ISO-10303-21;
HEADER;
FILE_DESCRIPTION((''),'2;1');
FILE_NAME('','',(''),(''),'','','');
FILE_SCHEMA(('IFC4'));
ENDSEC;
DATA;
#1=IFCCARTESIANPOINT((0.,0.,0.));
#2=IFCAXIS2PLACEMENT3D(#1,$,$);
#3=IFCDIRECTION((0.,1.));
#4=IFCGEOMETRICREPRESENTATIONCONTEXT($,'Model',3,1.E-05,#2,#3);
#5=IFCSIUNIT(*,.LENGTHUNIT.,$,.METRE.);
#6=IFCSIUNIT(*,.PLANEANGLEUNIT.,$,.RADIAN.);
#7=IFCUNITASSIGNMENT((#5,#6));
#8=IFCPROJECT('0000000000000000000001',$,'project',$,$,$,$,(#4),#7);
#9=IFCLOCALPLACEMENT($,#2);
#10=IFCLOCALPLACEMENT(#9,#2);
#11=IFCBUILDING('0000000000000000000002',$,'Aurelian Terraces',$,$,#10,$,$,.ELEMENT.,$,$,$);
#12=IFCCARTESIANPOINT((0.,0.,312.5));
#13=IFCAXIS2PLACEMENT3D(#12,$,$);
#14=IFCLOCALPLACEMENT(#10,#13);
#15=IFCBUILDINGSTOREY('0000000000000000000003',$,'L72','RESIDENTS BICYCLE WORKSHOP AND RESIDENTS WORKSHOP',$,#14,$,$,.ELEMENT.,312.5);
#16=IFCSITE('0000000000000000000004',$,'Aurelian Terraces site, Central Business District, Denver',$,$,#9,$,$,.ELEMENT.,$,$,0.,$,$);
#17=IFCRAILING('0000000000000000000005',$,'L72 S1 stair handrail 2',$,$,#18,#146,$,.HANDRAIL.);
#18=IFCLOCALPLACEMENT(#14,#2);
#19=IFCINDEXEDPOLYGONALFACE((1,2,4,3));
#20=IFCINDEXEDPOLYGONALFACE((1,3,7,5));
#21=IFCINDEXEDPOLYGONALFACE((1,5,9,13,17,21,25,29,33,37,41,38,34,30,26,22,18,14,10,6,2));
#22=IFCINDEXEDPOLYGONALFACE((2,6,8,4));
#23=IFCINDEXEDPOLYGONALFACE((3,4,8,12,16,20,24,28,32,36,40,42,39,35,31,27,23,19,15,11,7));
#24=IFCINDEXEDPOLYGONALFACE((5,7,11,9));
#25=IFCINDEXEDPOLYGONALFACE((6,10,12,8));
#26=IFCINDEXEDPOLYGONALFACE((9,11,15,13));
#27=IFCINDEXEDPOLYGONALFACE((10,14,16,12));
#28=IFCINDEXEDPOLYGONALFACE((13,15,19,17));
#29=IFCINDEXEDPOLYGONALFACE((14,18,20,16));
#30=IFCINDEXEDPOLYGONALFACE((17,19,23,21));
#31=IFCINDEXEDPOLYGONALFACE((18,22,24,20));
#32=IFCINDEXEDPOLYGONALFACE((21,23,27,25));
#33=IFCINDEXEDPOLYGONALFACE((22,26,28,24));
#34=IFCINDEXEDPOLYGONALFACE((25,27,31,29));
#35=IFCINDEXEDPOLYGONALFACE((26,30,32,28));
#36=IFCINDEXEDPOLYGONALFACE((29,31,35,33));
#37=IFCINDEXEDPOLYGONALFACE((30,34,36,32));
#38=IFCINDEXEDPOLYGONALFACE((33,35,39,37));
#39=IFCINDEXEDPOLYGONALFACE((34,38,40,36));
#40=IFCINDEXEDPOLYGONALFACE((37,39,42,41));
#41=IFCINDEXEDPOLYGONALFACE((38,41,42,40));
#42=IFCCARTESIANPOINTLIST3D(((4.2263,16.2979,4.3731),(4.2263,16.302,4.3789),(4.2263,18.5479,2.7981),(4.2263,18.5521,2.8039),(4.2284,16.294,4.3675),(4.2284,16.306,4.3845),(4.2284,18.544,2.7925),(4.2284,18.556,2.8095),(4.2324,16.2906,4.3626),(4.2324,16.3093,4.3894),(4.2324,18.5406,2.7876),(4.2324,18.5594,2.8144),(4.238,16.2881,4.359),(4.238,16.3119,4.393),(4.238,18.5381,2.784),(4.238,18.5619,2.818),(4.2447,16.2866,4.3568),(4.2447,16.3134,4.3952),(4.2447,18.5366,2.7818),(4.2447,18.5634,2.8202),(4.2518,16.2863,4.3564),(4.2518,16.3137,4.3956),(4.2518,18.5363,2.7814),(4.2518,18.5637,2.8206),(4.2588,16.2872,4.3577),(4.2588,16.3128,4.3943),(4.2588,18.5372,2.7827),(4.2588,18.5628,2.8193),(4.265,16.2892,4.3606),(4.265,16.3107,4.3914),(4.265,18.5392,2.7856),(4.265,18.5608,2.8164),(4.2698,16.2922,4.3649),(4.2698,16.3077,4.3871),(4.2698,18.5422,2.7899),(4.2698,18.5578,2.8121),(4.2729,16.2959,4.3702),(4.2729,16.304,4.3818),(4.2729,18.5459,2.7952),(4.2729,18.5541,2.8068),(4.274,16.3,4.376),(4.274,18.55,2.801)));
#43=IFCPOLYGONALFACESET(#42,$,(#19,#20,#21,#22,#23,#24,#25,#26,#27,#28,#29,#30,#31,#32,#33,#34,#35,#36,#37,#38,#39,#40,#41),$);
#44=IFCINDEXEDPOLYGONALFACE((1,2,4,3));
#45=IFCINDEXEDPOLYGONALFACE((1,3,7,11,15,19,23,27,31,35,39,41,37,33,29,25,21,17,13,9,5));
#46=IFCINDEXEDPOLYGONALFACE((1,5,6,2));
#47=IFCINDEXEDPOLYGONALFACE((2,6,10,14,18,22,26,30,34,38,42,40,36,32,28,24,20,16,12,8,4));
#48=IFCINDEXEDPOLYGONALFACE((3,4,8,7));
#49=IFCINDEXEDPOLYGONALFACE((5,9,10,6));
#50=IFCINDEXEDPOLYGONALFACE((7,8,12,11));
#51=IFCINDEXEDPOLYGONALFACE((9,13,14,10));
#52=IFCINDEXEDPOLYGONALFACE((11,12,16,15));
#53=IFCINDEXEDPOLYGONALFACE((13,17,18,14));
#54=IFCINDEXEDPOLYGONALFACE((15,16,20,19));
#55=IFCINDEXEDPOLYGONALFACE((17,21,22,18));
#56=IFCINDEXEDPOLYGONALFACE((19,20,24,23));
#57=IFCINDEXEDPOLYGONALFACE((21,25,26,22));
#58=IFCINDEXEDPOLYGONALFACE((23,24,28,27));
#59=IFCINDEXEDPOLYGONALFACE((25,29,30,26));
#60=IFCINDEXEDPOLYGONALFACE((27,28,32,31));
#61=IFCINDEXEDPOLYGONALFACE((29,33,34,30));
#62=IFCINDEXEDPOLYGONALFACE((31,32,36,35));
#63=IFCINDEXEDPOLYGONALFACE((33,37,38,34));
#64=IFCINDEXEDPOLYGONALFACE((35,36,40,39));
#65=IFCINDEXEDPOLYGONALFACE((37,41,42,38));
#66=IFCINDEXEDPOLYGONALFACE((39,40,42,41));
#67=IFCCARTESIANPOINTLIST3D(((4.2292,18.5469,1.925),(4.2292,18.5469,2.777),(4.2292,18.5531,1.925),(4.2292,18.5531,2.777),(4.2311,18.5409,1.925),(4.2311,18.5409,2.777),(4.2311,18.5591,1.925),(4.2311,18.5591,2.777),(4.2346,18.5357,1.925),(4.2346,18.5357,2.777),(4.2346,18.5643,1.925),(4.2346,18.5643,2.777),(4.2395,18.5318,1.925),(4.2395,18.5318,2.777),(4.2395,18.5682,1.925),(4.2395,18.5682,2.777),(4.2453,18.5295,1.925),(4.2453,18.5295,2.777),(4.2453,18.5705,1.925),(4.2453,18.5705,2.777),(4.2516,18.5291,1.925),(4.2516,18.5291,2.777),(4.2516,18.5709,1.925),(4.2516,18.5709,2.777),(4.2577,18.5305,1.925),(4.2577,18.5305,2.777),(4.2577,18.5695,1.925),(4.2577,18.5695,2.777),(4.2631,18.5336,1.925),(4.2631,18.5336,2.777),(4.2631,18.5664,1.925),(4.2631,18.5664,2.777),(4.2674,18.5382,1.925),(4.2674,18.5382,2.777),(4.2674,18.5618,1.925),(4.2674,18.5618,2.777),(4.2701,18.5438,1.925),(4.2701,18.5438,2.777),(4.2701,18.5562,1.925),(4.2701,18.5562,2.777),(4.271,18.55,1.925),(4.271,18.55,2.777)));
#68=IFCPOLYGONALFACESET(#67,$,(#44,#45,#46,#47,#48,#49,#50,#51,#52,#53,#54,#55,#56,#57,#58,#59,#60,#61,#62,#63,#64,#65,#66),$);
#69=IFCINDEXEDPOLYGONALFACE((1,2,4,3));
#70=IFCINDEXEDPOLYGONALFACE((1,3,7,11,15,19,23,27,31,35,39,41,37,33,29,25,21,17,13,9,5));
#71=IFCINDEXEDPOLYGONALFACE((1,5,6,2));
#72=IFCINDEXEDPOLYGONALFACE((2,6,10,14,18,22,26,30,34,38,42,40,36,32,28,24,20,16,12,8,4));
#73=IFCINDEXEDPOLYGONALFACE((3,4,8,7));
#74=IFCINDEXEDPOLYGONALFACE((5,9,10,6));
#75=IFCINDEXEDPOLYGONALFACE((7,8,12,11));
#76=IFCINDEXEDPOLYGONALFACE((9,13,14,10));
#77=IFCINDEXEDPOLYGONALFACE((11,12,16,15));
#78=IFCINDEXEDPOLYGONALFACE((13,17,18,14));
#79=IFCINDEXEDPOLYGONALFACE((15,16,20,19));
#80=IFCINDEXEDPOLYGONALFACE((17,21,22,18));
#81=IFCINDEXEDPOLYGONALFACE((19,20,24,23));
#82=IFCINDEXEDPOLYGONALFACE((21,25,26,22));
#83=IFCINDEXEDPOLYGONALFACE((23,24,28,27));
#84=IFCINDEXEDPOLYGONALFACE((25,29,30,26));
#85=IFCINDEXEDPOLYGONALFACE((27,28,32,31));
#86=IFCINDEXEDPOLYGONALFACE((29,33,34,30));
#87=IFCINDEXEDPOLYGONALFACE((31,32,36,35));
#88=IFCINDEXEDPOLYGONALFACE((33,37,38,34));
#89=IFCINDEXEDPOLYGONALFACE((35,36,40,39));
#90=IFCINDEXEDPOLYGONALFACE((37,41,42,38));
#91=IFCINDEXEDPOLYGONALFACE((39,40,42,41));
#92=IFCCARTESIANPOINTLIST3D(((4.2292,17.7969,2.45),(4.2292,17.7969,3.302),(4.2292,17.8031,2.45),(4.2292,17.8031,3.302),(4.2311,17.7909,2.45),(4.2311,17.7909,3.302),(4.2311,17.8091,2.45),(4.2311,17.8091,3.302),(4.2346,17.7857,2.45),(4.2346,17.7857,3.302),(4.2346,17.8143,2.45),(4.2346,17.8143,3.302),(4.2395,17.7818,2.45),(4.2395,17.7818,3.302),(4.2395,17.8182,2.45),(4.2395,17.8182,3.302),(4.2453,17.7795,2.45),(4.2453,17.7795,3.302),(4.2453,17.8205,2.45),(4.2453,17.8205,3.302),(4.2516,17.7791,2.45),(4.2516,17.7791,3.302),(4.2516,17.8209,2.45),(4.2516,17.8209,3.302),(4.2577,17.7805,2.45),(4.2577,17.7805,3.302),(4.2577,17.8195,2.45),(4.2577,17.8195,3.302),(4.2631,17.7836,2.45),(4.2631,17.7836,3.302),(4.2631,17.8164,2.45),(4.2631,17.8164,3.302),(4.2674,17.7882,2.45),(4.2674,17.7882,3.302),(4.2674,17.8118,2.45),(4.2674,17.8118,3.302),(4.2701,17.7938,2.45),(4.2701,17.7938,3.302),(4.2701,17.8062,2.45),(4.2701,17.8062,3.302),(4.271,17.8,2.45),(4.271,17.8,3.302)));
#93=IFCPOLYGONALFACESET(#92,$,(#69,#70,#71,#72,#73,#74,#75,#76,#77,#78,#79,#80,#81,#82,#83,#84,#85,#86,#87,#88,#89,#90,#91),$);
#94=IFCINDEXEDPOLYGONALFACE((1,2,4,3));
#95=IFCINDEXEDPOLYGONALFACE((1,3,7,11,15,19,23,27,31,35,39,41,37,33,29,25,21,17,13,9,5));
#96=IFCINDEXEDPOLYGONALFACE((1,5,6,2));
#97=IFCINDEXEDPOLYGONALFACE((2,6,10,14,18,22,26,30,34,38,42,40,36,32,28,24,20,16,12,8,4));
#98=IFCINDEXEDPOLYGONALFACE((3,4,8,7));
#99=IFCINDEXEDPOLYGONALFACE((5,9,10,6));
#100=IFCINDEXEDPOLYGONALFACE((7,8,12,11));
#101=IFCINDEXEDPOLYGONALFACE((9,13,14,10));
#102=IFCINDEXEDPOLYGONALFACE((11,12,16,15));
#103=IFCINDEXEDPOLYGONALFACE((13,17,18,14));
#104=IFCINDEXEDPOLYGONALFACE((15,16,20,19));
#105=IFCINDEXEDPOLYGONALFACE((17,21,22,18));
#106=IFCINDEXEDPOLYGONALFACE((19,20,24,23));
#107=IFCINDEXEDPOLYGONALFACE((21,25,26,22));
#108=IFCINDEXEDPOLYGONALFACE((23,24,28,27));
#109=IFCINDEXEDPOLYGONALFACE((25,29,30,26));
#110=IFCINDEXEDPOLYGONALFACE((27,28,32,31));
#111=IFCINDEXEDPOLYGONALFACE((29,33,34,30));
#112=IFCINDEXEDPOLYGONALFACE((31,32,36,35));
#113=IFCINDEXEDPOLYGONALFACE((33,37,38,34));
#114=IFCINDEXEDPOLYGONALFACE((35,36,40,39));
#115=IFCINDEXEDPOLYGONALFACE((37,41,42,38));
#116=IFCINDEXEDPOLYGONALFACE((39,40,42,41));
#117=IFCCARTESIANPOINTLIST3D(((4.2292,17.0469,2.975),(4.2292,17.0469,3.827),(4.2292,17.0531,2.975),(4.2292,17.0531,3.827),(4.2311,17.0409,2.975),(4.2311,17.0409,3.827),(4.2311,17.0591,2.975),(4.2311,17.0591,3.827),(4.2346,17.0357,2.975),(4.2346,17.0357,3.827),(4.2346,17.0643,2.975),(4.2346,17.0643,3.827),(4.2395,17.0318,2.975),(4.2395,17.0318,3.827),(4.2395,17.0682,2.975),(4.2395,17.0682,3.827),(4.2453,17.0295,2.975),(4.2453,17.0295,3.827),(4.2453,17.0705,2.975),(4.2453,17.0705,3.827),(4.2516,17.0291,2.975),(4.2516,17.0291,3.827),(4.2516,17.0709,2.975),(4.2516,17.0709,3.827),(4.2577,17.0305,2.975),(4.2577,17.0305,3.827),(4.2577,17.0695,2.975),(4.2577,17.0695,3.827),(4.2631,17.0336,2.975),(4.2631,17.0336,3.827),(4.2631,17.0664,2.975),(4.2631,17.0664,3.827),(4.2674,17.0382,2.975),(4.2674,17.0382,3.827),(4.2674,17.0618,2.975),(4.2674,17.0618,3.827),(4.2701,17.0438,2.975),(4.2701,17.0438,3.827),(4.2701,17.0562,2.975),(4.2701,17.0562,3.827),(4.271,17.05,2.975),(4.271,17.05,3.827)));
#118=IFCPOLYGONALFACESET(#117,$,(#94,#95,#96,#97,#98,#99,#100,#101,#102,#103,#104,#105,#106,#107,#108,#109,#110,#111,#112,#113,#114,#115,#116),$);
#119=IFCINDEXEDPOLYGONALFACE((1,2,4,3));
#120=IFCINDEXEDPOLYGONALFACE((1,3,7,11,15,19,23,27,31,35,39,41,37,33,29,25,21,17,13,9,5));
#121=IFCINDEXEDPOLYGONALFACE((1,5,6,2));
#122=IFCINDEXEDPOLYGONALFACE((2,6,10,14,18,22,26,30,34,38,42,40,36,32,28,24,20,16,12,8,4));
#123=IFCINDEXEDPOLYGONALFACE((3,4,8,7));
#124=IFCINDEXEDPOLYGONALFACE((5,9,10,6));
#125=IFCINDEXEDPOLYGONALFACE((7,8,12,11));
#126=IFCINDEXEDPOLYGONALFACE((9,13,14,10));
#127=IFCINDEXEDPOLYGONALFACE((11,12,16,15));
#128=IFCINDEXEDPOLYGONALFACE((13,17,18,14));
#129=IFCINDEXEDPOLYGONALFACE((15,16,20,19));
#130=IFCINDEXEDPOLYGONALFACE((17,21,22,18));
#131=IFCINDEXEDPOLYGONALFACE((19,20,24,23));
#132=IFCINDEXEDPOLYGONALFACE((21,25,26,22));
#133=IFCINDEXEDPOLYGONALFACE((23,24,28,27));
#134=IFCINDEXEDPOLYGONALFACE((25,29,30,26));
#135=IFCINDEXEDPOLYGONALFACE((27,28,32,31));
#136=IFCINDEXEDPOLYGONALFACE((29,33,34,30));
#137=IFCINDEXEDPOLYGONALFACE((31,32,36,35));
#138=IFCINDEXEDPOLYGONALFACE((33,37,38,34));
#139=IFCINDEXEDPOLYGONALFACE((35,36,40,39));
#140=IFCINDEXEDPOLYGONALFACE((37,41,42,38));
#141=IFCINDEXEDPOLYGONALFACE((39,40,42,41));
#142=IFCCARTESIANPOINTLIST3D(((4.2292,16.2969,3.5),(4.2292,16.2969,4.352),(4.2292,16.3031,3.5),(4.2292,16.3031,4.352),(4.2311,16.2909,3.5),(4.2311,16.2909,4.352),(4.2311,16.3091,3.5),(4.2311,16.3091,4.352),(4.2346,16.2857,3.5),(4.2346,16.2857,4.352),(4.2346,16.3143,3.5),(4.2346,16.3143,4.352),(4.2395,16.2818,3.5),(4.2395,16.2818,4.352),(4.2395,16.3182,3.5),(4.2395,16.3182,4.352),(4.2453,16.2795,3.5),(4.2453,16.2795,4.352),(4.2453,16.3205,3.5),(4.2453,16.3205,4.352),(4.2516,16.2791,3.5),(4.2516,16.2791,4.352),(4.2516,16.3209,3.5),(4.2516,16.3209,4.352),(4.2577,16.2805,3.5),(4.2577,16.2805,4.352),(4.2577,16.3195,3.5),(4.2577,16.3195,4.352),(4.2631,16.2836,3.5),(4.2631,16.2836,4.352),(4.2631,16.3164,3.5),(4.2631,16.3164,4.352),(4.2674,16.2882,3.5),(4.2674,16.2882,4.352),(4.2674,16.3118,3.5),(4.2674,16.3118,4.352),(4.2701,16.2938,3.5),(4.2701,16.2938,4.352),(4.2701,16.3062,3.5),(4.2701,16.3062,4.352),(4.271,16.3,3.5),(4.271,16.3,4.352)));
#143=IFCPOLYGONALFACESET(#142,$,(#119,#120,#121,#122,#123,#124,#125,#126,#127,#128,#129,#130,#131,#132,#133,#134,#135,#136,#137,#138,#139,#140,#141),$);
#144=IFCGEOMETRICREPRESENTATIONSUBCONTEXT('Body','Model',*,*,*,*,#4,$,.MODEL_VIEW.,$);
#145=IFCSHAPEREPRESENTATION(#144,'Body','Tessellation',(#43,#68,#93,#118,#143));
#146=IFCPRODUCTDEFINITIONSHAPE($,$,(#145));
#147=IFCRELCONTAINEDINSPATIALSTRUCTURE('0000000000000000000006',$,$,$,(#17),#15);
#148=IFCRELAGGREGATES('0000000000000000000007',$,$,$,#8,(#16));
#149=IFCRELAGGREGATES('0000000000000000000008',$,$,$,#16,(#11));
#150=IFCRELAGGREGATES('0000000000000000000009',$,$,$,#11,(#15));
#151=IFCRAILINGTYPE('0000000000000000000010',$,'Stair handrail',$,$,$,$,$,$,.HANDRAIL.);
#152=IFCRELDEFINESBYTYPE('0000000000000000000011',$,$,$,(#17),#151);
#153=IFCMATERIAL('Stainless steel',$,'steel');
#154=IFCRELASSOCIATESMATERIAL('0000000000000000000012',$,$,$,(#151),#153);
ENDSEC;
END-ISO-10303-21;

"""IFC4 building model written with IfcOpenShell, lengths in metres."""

from ifc_helpers import new_model, si_unit, direction, frame, origin, origin_2d, place, context, subcontext, project, spatial, circle, extrude, source, transform, mapped, material, type_object, element, save


model = new_model("IFC4")

# Units and contexts
model_context = context("Model", 3, precision=1e-05, world=origin(), true_north=direction((0.0, 1.0)))
body_context = subcontext(model_context, "Body", "Model", "MODEL_VIEW")
ifc_project = project(units=[si_unit("LENGTHUNIT", "METRE"), si_unit("PLANEANGLEUNIT", "RADIAN")], contexts=[model_context])

# Site, building, storey
site_placement = place(None, origin())
site = spatial("IfcSite", under=ifc_project, at=site_placement, Name="Aurelian Terraces site, Central Business District, Denver", CompositionType="ELEMENT", RefElevation=0.0)
building_placement = place(site_placement, origin())
building = spatial("IfcBuilding", under=site, at=building_placement, Name="Aurelian Terraces", CompositionType="ELEMENT")
storey_placement = place(building_placement, frame((0.0, 0.0, 312.5)))
storey = spatial("IfcBuildingStorey", under=building, at=storey_placement, Name="L72", Description="RESIDENTS BICYCLE WORKSHOP AND RESIDENTS WORKSHOP", CompositionType="ELEMENT", Elevation=312.5)

# Railing
ifc_material_1 = material(Name="Stainless steel", Category="steel")
railing_type_1 = type_object("IfcRailingType", Name="Stair handrail", PredefinedType="HANDRAIL", material=ifc_material_1)
shared_shape_1 = source(origin(), body_context, "Body", "SweptSolid", [
    extrude(circle(Radius=0.024, at=origin_2d()), frame((0.0, 0.0, 0.876), z_axis=(0.0, -0.819232, 0.573462), x_axis=(1.0, 0.0, 0.0)), (0.0, 0.0, 1.0), 2.7465),
    extrude(circle(Radius=0.021, at=origin_2d()), origin(), (0.0, 0.0, 1.0), 0.852),
    extrude(circle(Radius=0.021, at=origin_2d()), frame((0.0, -0.75, 0.525)), (0.0, 0.0, 1.0), 0.852),
    extrude(circle(Radius=0.021, at=origin_2d()), frame((0.0, -1.5, 1.05)), (0.0, 0.0, 1.0), 0.852),
    extrude(circle(Radius=0.021, at=origin_2d()), frame((0.0, -2.25, 1.575)), (0.0, 0.0, 1.0), 0.852),
])
railing_1_placement = place(storey_placement, frame((4.25, 18.55, 1.925)))
element("IfcRailing", 1, at=railing_1_placement, inside=storey, type_object=railing_type_1, Name="L72 S1 stair handrail 2", PredefinedType="HANDRAIL", context=body_context, shape_type="MappedRepresentation", body=[
    mapped(shared_shape_1, transform((0.0, 0.0, 0.0), scale=1.0)),
])

save(model, "model.ifc")
